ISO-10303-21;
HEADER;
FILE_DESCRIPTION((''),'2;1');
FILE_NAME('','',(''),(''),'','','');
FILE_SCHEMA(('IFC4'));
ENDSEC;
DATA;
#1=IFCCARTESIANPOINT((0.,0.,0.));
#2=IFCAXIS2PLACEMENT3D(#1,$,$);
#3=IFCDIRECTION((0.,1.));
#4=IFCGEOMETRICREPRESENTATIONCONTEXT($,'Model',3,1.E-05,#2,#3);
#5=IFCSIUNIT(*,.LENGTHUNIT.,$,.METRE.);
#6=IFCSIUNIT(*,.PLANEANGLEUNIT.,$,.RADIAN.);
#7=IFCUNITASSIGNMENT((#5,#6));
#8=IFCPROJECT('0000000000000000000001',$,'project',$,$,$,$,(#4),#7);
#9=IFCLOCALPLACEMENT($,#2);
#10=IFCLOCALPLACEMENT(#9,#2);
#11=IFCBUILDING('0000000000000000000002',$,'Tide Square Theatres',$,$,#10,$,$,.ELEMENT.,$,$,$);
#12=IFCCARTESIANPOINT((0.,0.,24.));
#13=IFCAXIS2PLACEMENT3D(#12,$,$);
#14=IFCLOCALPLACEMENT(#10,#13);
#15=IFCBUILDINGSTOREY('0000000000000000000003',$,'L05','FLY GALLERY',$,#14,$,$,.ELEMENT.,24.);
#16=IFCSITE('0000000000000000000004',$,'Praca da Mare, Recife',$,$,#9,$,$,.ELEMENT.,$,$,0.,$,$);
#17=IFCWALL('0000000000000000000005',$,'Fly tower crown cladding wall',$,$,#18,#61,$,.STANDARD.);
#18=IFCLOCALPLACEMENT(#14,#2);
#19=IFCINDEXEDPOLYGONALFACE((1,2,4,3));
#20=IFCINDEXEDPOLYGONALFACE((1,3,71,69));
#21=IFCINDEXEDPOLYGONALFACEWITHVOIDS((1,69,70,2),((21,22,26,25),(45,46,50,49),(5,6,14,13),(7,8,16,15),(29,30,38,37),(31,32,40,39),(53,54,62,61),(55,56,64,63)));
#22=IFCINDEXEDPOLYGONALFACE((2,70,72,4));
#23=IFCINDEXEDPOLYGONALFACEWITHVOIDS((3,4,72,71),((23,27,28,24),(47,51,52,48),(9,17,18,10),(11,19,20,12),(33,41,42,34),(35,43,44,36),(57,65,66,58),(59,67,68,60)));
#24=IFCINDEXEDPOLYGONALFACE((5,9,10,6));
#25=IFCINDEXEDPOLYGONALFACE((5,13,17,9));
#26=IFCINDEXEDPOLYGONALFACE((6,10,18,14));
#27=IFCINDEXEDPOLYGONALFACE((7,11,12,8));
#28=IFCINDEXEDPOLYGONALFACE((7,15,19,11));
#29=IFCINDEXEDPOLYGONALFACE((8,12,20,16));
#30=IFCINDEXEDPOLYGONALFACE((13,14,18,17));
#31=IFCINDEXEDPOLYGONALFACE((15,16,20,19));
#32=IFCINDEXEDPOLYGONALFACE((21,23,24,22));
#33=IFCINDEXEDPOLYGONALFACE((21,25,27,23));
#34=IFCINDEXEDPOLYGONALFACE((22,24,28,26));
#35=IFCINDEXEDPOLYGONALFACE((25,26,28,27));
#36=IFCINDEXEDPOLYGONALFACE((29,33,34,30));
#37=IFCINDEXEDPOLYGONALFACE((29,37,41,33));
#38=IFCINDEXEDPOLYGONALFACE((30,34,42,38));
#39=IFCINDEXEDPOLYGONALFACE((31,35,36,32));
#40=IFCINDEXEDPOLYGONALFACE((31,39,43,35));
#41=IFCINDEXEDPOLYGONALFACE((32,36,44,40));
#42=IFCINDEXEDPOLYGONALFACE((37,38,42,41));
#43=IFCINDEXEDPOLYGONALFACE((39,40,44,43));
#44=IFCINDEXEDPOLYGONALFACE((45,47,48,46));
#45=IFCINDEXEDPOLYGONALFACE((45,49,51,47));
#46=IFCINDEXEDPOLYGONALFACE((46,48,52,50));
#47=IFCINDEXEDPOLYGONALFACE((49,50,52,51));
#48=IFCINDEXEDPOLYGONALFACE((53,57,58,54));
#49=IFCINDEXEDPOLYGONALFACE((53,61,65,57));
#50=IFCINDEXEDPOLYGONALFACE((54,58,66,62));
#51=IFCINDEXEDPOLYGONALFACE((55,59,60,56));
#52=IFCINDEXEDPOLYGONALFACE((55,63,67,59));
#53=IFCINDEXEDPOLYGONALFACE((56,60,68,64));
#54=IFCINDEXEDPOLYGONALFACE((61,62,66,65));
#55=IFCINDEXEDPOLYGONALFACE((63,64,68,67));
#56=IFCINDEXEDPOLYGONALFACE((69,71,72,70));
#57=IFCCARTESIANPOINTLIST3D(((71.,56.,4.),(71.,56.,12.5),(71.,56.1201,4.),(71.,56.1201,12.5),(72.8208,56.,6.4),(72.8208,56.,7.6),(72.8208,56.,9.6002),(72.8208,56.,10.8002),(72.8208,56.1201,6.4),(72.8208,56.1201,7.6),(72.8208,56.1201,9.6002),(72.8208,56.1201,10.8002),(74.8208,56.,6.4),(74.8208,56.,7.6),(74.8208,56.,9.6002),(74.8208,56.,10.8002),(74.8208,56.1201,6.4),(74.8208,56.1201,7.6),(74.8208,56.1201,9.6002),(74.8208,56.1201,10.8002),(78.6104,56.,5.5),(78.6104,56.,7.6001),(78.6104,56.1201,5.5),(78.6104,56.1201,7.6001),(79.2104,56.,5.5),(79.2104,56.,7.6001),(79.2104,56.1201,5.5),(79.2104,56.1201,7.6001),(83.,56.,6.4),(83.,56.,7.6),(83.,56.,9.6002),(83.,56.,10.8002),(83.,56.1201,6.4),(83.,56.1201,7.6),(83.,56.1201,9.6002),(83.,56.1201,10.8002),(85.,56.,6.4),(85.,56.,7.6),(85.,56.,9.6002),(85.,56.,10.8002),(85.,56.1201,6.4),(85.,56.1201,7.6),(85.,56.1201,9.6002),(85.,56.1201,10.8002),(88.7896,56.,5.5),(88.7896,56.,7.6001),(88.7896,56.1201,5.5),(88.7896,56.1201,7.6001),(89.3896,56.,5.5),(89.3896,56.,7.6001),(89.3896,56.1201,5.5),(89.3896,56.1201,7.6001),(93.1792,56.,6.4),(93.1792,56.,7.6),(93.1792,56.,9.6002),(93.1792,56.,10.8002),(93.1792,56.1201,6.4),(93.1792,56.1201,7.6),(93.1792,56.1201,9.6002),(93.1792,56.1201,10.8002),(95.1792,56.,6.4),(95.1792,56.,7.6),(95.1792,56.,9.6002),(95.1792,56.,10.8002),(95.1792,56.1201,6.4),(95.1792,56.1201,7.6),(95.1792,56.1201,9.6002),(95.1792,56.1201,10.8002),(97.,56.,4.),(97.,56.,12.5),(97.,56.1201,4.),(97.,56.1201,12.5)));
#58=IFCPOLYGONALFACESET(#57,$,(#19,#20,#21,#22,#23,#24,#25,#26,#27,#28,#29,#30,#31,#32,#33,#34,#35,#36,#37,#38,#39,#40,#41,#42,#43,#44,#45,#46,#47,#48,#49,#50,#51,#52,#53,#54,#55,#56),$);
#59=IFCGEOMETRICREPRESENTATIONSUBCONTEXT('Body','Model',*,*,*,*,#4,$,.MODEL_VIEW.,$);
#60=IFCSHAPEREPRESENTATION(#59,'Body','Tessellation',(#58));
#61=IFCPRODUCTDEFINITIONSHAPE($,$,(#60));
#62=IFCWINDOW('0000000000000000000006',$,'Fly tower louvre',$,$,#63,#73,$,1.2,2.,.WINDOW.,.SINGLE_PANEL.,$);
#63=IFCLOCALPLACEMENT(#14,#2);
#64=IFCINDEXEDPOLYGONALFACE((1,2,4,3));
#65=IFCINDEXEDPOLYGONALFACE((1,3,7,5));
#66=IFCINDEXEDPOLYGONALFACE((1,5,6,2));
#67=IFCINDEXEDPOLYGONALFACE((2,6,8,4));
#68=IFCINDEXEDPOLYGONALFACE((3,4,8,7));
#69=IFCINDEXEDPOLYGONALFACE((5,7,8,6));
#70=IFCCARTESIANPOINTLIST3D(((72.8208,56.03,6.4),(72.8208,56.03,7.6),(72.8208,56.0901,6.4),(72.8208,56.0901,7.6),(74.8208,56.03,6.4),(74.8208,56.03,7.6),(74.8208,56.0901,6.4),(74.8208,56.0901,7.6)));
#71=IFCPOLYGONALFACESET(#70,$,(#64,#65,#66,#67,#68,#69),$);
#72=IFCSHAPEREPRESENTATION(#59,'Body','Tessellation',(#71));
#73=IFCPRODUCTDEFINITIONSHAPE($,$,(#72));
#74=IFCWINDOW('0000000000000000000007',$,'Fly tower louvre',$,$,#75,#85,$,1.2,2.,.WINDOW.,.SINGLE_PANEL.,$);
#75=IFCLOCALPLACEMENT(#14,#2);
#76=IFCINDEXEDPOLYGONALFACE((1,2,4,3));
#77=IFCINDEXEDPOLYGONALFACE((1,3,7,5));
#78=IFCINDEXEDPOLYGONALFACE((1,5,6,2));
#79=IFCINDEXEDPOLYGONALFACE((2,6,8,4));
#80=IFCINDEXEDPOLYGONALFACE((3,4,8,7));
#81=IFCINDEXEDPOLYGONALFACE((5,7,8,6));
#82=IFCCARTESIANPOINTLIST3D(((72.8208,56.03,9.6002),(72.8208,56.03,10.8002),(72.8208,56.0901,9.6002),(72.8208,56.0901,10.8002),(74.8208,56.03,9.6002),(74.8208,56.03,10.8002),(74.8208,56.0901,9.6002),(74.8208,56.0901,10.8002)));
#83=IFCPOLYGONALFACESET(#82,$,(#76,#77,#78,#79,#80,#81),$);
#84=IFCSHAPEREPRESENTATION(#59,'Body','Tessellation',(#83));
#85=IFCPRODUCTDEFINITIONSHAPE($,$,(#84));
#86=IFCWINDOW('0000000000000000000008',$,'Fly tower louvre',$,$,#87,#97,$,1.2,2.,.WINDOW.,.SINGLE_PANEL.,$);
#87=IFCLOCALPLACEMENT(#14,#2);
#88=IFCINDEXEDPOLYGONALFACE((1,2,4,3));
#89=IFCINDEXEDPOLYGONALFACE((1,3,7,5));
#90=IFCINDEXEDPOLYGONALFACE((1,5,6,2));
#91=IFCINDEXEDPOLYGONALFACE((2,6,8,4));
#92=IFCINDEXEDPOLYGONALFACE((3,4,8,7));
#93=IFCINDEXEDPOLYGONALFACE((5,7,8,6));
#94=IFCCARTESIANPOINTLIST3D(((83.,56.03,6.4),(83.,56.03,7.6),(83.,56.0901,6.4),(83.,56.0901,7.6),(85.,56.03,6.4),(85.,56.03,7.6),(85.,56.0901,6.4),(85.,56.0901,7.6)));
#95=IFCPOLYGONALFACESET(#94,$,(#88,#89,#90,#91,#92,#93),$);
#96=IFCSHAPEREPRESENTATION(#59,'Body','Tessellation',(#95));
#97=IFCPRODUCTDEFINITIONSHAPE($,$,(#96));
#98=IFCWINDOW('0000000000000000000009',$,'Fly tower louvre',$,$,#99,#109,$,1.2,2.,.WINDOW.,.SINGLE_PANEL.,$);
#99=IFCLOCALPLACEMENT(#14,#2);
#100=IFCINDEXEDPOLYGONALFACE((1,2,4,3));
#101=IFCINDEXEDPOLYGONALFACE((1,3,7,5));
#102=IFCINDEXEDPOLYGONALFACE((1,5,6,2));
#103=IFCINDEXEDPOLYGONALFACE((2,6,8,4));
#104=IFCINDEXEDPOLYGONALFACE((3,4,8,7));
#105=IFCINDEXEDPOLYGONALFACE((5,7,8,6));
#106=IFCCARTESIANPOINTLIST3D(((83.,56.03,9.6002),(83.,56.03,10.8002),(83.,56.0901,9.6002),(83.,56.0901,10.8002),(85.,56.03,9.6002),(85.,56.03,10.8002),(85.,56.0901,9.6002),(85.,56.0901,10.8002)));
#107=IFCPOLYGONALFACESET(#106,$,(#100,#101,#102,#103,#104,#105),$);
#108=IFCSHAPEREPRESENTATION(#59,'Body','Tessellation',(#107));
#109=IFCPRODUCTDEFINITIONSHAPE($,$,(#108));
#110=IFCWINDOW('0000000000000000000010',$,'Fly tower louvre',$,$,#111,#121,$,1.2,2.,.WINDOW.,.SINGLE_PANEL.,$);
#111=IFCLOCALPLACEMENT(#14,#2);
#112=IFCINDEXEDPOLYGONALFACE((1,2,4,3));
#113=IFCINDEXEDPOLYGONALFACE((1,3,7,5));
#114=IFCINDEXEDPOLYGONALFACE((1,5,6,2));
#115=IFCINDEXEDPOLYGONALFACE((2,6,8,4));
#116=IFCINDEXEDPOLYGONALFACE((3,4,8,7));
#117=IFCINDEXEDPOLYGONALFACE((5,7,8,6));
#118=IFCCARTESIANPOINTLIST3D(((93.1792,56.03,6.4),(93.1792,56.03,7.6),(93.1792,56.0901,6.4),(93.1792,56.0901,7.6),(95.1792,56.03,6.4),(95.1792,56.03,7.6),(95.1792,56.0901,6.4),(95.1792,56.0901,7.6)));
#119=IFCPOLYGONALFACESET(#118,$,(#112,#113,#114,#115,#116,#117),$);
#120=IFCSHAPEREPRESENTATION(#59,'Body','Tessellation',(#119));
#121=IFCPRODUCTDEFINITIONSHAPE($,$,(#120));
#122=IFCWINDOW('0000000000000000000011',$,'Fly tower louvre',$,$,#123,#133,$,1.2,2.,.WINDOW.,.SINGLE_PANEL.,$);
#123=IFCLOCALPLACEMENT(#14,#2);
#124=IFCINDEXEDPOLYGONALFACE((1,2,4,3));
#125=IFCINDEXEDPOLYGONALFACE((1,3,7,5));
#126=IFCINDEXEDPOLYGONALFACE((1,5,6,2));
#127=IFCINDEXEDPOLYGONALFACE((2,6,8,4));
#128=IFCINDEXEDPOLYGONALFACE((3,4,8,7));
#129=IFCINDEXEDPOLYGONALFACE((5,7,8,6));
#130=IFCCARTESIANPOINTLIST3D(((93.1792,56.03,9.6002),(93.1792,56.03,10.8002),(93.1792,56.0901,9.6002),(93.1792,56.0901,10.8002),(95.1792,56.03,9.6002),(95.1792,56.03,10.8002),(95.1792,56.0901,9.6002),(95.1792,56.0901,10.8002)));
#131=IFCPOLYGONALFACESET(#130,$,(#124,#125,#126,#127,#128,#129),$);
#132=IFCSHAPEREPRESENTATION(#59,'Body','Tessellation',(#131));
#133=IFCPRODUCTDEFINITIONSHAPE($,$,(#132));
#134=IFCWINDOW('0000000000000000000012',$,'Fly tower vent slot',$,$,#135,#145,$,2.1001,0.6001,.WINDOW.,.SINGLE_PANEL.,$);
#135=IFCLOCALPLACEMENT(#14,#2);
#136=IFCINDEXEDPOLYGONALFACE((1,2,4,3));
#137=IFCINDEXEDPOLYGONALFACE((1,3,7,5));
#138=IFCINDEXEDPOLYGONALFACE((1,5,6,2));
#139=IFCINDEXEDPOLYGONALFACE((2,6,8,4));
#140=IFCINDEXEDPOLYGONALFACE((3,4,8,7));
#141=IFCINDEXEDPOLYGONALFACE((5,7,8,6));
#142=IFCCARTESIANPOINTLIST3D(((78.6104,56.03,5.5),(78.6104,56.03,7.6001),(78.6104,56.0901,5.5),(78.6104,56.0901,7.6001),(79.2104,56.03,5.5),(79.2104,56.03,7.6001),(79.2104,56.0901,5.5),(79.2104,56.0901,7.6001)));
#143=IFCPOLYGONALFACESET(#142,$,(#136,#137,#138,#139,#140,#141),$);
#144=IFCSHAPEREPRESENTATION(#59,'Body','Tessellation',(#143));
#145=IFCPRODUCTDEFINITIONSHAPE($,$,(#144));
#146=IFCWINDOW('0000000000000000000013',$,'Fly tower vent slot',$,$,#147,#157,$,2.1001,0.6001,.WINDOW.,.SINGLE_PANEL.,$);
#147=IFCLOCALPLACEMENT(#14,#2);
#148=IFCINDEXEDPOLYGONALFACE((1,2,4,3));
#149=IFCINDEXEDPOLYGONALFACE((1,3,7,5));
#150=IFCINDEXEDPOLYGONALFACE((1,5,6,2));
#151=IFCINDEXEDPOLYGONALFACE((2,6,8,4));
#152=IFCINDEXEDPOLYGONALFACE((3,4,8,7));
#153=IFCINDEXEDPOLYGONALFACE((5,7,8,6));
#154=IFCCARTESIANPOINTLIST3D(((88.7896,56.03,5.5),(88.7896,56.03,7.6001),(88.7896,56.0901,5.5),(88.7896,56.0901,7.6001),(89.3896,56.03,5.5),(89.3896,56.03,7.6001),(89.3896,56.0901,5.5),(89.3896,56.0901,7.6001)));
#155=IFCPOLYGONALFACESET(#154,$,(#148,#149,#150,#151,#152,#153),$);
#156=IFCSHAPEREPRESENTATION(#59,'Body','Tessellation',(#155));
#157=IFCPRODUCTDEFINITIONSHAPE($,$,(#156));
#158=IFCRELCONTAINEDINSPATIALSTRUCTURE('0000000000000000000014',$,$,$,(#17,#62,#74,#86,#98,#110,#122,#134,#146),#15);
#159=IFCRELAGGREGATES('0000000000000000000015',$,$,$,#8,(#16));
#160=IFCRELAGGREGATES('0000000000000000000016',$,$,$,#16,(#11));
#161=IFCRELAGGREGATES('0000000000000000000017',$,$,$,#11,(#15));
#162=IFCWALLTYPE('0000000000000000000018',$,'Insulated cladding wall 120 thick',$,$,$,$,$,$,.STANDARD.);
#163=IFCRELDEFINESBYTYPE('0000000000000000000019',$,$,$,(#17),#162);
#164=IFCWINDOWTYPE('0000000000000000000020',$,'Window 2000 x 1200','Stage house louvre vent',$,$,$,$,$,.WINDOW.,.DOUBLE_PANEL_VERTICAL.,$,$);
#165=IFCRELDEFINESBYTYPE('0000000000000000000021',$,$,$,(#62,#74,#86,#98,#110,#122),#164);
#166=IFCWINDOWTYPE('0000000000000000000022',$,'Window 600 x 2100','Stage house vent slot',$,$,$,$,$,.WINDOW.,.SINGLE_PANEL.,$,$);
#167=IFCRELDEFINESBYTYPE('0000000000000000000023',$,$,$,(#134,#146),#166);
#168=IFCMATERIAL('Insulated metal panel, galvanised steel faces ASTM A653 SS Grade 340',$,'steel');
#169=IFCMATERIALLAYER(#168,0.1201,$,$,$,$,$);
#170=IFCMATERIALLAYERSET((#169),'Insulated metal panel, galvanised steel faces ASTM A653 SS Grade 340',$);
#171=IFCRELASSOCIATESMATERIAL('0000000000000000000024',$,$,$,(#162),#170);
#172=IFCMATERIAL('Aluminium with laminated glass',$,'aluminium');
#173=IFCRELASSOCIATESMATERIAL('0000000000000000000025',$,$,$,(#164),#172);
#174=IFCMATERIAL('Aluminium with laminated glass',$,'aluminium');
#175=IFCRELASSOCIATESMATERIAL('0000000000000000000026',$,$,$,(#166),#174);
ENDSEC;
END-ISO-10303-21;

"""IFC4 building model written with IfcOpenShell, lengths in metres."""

from ifc_helpers import new_model, si_unit, direction, frame, frame_2d, origin, place, context, subcontext, project, spatial, rectangle, extrude, material, layer, layer_set, type_object, element, fill, save


model = new_model("IFC4")

# Units and contexts
model_context = context("Model", 3, precision=1e-05, world=origin(), true_north=direction((0.0, 1.0)))
body_context = subcontext(model_context, "Body", "Model", "MODEL_VIEW")
ifc_project = project(units=[si_unit("LENGTHUNIT", "METRE"), si_unit("PLANEANGLEUNIT", "RADIAN")], contexts=[model_context])

# Site, building, storey
site_placement = place(None, origin())
site = spatial("IfcSite", under=ifc_project, at=site_placement, Name="Praca da Mare, Recife", CompositionType="ELEMENT", RefElevation=0.0)
building_placement = place(site_placement, origin())
building = spatial("IfcBuilding", under=site, at=building_placement, Name="Tide Square Theatres", CompositionType="ELEMENT")
storey_placement = place(building_placement, frame((0.0, 0.0, 24.0)))
storey = spatial("IfcBuildingStorey", under=building, at=storey_placement, Name="L05", Description="FLY GALLERY", CompositionType="ELEMENT", Elevation=24.0)

# Wall, openings, windows
ifc_material_1 = material(Name="Insulated metal panel, galvanised steel faces ASTM A653 SS Grade 340", Category="steel")
ifc_layer = layer(ifc_material_1, 0.1201)
ifc_layer_set = layer_set([ifc_layer], Name="Insulated metal panel, galvanised steel faces ASTM A653 SS Grade 340")
wall_type = type_object("IfcWallType", Name="Insulated cladding wall 120 thick", PredefinedType="STANDARD", material=ifc_layer_set)
ifc_material_2 = material(Name="Aluminium with laminated glass", Category="aluminium")
window_type_1 = type_object("IfcWindowType", Name="Window 2000 x 1200", Description="Stage house louvre vent", PartitioningType="DOUBLE_PANEL_VERTICAL", PredefinedType="WINDOW", material=ifc_material_2)
ifc_material_3 = material(Name="Aluminium with laminated glass", Category="aluminium")
window_type_2 = type_object("IfcWindowType", Name="Window 600 x 2100", Description="Stage house vent slot", PartitioningType="SINGLE_PANEL", PredefinedType="WINDOW", material=ifc_material_3)
wall_1_placement = place(storey_placement, frame((71.0, 56.0601, 4.0), z_axis=(0.0, 0.0, 1.0), x_axis=(1.0, 0.0, 0.0)))
wall_1 = element("IfcWall", 1, at=wall_1_placement, inside=storey, type_object=wall_type, Name="Fly tower crown cladding wall", PredefinedType="STANDARD", context=body_context, shape_type="SweptSolid", body=[
    extrude(rectangle(XDim=26.0, YDim=0.1201, at=frame_2d((13.0, 0.0))), origin(), (0.0, 0.0, 1.0), 8.5),
])
opening_1_placement = place(wall_1_placement, frame((1.8208, 0.0, 2.3999)))
opening_1 = element("IfcOpeningElement", 2, at=opening_1_placement, cuts=wall_1, PredefinedType="OPENING", context=body_context, shape_type="SweptSolid", body=[
    extrude(rectangle(XDim=2.0, YDim=1.2, at=frame_2d((1.0, 0.6001))), frame((0.0, 0.0701, 0.0), z_axis=(0.0, -1.0, 0.0), x_axis=(1.0, 0.0, 0.0)), (0.0, 0.0, 1.0), 0.1401),
])
opening_2_placement = place(wall_1_placement, frame((1.8208, 0.0, 5.6001)))
opening_2 = element("IfcOpeningElement", 3, at=opening_2_placement, cuts=wall_1, PredefinedType="OPENING", context=body_context, shape_type="SweptSolid", body=[
    extrude(rectangle(XDim=2.0, YDim=1.2, at=frame_2d((1.0, 0.6001))), frame((0.0, 0.0701, 0.0), z_axis=(0.0, -1.0, 0.0), x_axis=(1.0, 0.0, 0.0)), (0.0, 0.0, 1.0), 0.1401),
])
opening_3_placement = place(wall_1_placement, frame((12.0, 0.0, 2.3999)))
opening_3 = element("IfcOpeningElement", 4, at=opening_3_placement, cuts=wall_1, PredefinedType="OPENING", context=body_context, shape_type="SweptSolid", body=[
    extrude(rectangle(XDim=2.0, YDim=1.2, at=frame_2d((1.0, 0.6001))), frame((0.0, 0.0701, 0.0), z_axis=(0.0, -1.0, 0.0), x_axis=(1.0, 0.0, 0.0)), (0.0, 0.0, 1.0), 0.1401),
])
opening_4_placement = place(wall_1_placement, frame((12.0, 0.0, 5.6001)))
opening_4 = element("IfcOpeningElement", 5, at=opening_4_placement, cuts=wall_1, PredefinedType="OPENING", context=body_context, shape_type="SweptSolid", body=[
    extrude(rectangle(XDim=2.0, YDim=1.2, at=frame_2d((1.0, 0.6001))), frame((0.0, 0.0701, 0.0), z_axis=(0.0, -1.0, 0.0), x_axis=(1.0, 0.0, 0.0)), (0.0, 0.0, 1.0), 0.1401),
])
opening_5_placement = place(wall_1_placement, frame((22.1792, 0.0, 2.3999)))
opening_5 = element("IfcOpeningElement", 6, at=opening_5_placement, cuts=wall_1, PredefinedType="OPENING", context=body_context, shape_type="SweptSolid", body=[
    extrude(rectangle(XDim=2.0, YDim=1.2, at=frame_2d((1.0, 0.6001))), frame((0.0, 0.0701, 0.0), z_axis=(0.0, -1.0, 0.0), x_axis=(1.0, 0.0, 0.0)), (0.0, 0.0, 1.0), 0.1401),
])
opening_6_placement = place(wall_1_placement, frame((22.1792, 0.0, 5.6001)))
opening_6 = element("IfcOpeningElement", 7, at=opening_6_placement, cuts=wall_1, PredefinedType="OPENING", context=body_context, shape_type="SweptSolid", body=[
    extrude(rectangle(XDim=2.0, YDim=1.2, at=frame_2d((1.0, 0.6001))), frame((0.0, 0.0701, 0.0), z_axis=(0.0, -1.0, 0.0), x_axis=(1.0, 0.0, 0.0)), (0.0, 0.0, 1.0), 0.1401),
])
opening_7_placement = place(wall_1_placement, frame((7.6104, 0.0, 1.5)))
opening_7 = element("IfcOpeningElement", 8, at=opening_7_placement, cuts=wall_1, PredefinedType="OPENING", context=body_context, shape_type="SweptSolid", body=[
    extrude(rectangle(XDim=0.6001, YDim=2.1001, at=frame_2d((0.3, 1.05))), frame((0.0, 0.0701, 0.0), z_axis=(0.0, -1.0, 0.0), x_axis=(1.0, 0.0, 0.0)), (0.0, 0.0, 1.0), 0.1401),
])
opening_8_placement = place(wall_1_placement, frame((17.7896, 0.0, 1.5)))
opening_8 = element("IfcOpeningElement", 9, at=opening_8_placement, cuts=wall_1, PredefinedType="OPENING", context=body_context, shape_type="SweptSolid", body=[
    extrude(rectangle(XDim=0.6001, YDim=2.1001, at=frame_2d((0.3, 1.05))), frame((0.0, 0.0701, 0.0), z_axis=(0.0, -1.0, 0.0), x_axis=(1.0, 0.0, 0.0)), (0.0, 0.0, 1.0), 0.1401),
])
window_1_placement = place(opening_1_placement, origin())
window_1 = element("IfcWindow", 10, at=window_1_placement, inside=storey, type_object=window_type_1, Name="Fly tower louvre", OverallHeight=1.2, OverallWidth=2.0, PartitioningType="SINGLE_PANEL", PredefinedType="WINDOW", context=body_context, shape_type="SweptSolid", body=[
    extrude(rectangle(XDim=2.0, YDim=1.2, at=frame_2d((1.0, 0.6001))), frame((0.0, 0.03, 0.0), z_axis=(0.0, -1.0, 0.0), x_axis=(1.0, 0.0, 0.0)), (0.0, 0.0, 1.0), 0.0601),
])
fill(opening_1, window_1)
window_2_placement = place(opening_2_placement, origin())
window_2 = element("IfcWindow", 11, at=window_2_placement, inside=storey, type_object=window_type_1, Name="Fly tower louvre", OverallHeight=1.2, OverallWidth=2.0, PartitioningType="SINGLE_PANEL", PredefinedType="WINDOW", context=body_context, shape_type="SweptSolid", body=[
    extrude(rectangle(XDim=2.0, YDim=1.2, at=frame_2d((1.0, 0.6001))), frame((0.0, 0.03, 0.0), z_axis=(0.0, -1.0, 0.0), x_axis=(1.0, 0.0, 0.0)), (0.0, 0.0, 1.0), 0.0601),
])
fill(opening_2, window_2)
window_3_placement = place(opening_3_placement, origin())
window_3 = element("IfcWindow", 12, at=window_3_placement, inside=storey, type_object=window_type_1, Name="Fly tower louvre", OverallHeight=1.2, OverallWidth=2.0, PartitioningType="SINGLE_PANEL", PredefinedType="WINDOW", context=body_context, shape_type="SweptSolid", body=[
    extrude(rectangle(XDim=2.0, YDim=1.2, at=frame_2d((1.0, 0.6001))), frame((0.0, 0.03, 0.0), z_axis=(0.0, -1.0, 0.0), x_axis=(1.0, 0.0, 0.0)), (0.0, 0.0, 1.0), 0.0601),
])
fill(opening_3, window_3)
window_4_placement = place(opening_4_placement, origin())
window_4 = element("IfcWindow", 13, at=window_4_placement, inside=storey, type_object=window_type_1, Name="Fly tower louvre", OverallHeight=1.2, OverallWidth=2.0, PartitioningType="SINGLE_PANEL", PredefinedType="WINDOW", context=body_context, shape_type="SweptSolid", body=[
    extrude(rectangle(XDim=2.0, YDim=1.2, at=frame_2d((1.0, 0.6001))), frame((0.0, 0.03, 0.0), z_axis=(0.0, -1.0, 0.0), x_axis=(1.0, 0.0, 0.0)), (0.0, 0.0, 1.0), 0.0601),
])
fill(opening_4, window_4)
window_5_placement = place(opening_5_placement, origin())
window_5 = element("IfcWindow", 14, at=window_5_placement, inside=storey, type_object=window_type_1, Name="Fly tower louvre", OverallHeight=1.2, OverallWidth=2.0, PartitioningType="SINGLE_PANEL", PredefinedType="WINDOW", context=body_context, shape_type="SweptSolid", body=[
    extrude(rectangle(XDim=2.0, YDim=1.2, at=frame_2d((1.0, 0.6001))), frame((0.0, 0.03, 0.0), z_axis=(0.0, -1.0, 0.0), x_axis=(1.0, 0.0, 0.0)), (0.0, 0.0, 1.0), 0.0601),
])
fill(opening_5, window_5)
window_6_placement = place(opening_6_placement, origin())
window_6 = element("IfcWindow", 15, at=window_6_placement, inside=storey, type_object=window_type_1, Name="Fly tower louvre", OverallHeight=1.2, OverallWidth=2.0, PartitioningType="SINGLE_PANEL", PredefinedType="WINDOW", context=body_context, shape_type="SweptSolid", body=[
    extrude(rectangle(XDim=2.0, YDim=1.2, at=frame_2d((1.0, 0.6001))), frame((0.0, 0.03, 0.0), z_axis=(0.0, -1.0, 0.0), x_axis=(1.0, 0.0, 0.0)), (0.0, 0.0, 1.0), 0.0601),
])
fill(opening_6, window_6)
window_7_placement = place(opening_7_placement, origin())
window_7 = element("IfcWindow", 16, at=window_7_placement, inside=storey, type_object=window_type_2, Name="Fly tower vent slot", OverallHeight=2.1001, OverallWidth=0.6001, PartitioningType="SINGLE_PANEL", PredefinedType="WINDOW", context=body_context, shape_type="SweptSolid", body=[
    extrude(rectangle(XDim=0.6001, YDim=2.1001, at=frame_2d((0.3, 1.05))), frame((0.0, 0.03, 0.0), z_axis=(0.0, -1.0, 0.0), x_axis=(1.0, 0.0, 0.0)), (0.0, 0.0, 1.0), 0.0601),
])
fill(opening_7, window_7)
window_8_placement = place(opening_8_placement, origin())
window_8 = element("IfcWindow", 17, at=window_8_placement, inside=storey, type_object=window_type_2, Name="Fly tower vent slot", OverallHeight=2.1001, OverallWidth=0.6001, PartitioningType="SINGLE_PANEL", PredefinedType="WINDOW", context=body_context, shape_type="SweptSolid", body=[
    extrude(rectangle(XDim=0.6001, YDim=2.1001, at=frame_2d((0.3, 1.05))), frame((0.0, 0.03, 0.0), z_axis=(0.0, -1.0, 0.0), x_axis=(1.0, 0.0, 0.0)), (0.0, 0.0, 1.0), 0.0601),
])
fill(opening_8, window_8)

save(model, "model.ifc")
